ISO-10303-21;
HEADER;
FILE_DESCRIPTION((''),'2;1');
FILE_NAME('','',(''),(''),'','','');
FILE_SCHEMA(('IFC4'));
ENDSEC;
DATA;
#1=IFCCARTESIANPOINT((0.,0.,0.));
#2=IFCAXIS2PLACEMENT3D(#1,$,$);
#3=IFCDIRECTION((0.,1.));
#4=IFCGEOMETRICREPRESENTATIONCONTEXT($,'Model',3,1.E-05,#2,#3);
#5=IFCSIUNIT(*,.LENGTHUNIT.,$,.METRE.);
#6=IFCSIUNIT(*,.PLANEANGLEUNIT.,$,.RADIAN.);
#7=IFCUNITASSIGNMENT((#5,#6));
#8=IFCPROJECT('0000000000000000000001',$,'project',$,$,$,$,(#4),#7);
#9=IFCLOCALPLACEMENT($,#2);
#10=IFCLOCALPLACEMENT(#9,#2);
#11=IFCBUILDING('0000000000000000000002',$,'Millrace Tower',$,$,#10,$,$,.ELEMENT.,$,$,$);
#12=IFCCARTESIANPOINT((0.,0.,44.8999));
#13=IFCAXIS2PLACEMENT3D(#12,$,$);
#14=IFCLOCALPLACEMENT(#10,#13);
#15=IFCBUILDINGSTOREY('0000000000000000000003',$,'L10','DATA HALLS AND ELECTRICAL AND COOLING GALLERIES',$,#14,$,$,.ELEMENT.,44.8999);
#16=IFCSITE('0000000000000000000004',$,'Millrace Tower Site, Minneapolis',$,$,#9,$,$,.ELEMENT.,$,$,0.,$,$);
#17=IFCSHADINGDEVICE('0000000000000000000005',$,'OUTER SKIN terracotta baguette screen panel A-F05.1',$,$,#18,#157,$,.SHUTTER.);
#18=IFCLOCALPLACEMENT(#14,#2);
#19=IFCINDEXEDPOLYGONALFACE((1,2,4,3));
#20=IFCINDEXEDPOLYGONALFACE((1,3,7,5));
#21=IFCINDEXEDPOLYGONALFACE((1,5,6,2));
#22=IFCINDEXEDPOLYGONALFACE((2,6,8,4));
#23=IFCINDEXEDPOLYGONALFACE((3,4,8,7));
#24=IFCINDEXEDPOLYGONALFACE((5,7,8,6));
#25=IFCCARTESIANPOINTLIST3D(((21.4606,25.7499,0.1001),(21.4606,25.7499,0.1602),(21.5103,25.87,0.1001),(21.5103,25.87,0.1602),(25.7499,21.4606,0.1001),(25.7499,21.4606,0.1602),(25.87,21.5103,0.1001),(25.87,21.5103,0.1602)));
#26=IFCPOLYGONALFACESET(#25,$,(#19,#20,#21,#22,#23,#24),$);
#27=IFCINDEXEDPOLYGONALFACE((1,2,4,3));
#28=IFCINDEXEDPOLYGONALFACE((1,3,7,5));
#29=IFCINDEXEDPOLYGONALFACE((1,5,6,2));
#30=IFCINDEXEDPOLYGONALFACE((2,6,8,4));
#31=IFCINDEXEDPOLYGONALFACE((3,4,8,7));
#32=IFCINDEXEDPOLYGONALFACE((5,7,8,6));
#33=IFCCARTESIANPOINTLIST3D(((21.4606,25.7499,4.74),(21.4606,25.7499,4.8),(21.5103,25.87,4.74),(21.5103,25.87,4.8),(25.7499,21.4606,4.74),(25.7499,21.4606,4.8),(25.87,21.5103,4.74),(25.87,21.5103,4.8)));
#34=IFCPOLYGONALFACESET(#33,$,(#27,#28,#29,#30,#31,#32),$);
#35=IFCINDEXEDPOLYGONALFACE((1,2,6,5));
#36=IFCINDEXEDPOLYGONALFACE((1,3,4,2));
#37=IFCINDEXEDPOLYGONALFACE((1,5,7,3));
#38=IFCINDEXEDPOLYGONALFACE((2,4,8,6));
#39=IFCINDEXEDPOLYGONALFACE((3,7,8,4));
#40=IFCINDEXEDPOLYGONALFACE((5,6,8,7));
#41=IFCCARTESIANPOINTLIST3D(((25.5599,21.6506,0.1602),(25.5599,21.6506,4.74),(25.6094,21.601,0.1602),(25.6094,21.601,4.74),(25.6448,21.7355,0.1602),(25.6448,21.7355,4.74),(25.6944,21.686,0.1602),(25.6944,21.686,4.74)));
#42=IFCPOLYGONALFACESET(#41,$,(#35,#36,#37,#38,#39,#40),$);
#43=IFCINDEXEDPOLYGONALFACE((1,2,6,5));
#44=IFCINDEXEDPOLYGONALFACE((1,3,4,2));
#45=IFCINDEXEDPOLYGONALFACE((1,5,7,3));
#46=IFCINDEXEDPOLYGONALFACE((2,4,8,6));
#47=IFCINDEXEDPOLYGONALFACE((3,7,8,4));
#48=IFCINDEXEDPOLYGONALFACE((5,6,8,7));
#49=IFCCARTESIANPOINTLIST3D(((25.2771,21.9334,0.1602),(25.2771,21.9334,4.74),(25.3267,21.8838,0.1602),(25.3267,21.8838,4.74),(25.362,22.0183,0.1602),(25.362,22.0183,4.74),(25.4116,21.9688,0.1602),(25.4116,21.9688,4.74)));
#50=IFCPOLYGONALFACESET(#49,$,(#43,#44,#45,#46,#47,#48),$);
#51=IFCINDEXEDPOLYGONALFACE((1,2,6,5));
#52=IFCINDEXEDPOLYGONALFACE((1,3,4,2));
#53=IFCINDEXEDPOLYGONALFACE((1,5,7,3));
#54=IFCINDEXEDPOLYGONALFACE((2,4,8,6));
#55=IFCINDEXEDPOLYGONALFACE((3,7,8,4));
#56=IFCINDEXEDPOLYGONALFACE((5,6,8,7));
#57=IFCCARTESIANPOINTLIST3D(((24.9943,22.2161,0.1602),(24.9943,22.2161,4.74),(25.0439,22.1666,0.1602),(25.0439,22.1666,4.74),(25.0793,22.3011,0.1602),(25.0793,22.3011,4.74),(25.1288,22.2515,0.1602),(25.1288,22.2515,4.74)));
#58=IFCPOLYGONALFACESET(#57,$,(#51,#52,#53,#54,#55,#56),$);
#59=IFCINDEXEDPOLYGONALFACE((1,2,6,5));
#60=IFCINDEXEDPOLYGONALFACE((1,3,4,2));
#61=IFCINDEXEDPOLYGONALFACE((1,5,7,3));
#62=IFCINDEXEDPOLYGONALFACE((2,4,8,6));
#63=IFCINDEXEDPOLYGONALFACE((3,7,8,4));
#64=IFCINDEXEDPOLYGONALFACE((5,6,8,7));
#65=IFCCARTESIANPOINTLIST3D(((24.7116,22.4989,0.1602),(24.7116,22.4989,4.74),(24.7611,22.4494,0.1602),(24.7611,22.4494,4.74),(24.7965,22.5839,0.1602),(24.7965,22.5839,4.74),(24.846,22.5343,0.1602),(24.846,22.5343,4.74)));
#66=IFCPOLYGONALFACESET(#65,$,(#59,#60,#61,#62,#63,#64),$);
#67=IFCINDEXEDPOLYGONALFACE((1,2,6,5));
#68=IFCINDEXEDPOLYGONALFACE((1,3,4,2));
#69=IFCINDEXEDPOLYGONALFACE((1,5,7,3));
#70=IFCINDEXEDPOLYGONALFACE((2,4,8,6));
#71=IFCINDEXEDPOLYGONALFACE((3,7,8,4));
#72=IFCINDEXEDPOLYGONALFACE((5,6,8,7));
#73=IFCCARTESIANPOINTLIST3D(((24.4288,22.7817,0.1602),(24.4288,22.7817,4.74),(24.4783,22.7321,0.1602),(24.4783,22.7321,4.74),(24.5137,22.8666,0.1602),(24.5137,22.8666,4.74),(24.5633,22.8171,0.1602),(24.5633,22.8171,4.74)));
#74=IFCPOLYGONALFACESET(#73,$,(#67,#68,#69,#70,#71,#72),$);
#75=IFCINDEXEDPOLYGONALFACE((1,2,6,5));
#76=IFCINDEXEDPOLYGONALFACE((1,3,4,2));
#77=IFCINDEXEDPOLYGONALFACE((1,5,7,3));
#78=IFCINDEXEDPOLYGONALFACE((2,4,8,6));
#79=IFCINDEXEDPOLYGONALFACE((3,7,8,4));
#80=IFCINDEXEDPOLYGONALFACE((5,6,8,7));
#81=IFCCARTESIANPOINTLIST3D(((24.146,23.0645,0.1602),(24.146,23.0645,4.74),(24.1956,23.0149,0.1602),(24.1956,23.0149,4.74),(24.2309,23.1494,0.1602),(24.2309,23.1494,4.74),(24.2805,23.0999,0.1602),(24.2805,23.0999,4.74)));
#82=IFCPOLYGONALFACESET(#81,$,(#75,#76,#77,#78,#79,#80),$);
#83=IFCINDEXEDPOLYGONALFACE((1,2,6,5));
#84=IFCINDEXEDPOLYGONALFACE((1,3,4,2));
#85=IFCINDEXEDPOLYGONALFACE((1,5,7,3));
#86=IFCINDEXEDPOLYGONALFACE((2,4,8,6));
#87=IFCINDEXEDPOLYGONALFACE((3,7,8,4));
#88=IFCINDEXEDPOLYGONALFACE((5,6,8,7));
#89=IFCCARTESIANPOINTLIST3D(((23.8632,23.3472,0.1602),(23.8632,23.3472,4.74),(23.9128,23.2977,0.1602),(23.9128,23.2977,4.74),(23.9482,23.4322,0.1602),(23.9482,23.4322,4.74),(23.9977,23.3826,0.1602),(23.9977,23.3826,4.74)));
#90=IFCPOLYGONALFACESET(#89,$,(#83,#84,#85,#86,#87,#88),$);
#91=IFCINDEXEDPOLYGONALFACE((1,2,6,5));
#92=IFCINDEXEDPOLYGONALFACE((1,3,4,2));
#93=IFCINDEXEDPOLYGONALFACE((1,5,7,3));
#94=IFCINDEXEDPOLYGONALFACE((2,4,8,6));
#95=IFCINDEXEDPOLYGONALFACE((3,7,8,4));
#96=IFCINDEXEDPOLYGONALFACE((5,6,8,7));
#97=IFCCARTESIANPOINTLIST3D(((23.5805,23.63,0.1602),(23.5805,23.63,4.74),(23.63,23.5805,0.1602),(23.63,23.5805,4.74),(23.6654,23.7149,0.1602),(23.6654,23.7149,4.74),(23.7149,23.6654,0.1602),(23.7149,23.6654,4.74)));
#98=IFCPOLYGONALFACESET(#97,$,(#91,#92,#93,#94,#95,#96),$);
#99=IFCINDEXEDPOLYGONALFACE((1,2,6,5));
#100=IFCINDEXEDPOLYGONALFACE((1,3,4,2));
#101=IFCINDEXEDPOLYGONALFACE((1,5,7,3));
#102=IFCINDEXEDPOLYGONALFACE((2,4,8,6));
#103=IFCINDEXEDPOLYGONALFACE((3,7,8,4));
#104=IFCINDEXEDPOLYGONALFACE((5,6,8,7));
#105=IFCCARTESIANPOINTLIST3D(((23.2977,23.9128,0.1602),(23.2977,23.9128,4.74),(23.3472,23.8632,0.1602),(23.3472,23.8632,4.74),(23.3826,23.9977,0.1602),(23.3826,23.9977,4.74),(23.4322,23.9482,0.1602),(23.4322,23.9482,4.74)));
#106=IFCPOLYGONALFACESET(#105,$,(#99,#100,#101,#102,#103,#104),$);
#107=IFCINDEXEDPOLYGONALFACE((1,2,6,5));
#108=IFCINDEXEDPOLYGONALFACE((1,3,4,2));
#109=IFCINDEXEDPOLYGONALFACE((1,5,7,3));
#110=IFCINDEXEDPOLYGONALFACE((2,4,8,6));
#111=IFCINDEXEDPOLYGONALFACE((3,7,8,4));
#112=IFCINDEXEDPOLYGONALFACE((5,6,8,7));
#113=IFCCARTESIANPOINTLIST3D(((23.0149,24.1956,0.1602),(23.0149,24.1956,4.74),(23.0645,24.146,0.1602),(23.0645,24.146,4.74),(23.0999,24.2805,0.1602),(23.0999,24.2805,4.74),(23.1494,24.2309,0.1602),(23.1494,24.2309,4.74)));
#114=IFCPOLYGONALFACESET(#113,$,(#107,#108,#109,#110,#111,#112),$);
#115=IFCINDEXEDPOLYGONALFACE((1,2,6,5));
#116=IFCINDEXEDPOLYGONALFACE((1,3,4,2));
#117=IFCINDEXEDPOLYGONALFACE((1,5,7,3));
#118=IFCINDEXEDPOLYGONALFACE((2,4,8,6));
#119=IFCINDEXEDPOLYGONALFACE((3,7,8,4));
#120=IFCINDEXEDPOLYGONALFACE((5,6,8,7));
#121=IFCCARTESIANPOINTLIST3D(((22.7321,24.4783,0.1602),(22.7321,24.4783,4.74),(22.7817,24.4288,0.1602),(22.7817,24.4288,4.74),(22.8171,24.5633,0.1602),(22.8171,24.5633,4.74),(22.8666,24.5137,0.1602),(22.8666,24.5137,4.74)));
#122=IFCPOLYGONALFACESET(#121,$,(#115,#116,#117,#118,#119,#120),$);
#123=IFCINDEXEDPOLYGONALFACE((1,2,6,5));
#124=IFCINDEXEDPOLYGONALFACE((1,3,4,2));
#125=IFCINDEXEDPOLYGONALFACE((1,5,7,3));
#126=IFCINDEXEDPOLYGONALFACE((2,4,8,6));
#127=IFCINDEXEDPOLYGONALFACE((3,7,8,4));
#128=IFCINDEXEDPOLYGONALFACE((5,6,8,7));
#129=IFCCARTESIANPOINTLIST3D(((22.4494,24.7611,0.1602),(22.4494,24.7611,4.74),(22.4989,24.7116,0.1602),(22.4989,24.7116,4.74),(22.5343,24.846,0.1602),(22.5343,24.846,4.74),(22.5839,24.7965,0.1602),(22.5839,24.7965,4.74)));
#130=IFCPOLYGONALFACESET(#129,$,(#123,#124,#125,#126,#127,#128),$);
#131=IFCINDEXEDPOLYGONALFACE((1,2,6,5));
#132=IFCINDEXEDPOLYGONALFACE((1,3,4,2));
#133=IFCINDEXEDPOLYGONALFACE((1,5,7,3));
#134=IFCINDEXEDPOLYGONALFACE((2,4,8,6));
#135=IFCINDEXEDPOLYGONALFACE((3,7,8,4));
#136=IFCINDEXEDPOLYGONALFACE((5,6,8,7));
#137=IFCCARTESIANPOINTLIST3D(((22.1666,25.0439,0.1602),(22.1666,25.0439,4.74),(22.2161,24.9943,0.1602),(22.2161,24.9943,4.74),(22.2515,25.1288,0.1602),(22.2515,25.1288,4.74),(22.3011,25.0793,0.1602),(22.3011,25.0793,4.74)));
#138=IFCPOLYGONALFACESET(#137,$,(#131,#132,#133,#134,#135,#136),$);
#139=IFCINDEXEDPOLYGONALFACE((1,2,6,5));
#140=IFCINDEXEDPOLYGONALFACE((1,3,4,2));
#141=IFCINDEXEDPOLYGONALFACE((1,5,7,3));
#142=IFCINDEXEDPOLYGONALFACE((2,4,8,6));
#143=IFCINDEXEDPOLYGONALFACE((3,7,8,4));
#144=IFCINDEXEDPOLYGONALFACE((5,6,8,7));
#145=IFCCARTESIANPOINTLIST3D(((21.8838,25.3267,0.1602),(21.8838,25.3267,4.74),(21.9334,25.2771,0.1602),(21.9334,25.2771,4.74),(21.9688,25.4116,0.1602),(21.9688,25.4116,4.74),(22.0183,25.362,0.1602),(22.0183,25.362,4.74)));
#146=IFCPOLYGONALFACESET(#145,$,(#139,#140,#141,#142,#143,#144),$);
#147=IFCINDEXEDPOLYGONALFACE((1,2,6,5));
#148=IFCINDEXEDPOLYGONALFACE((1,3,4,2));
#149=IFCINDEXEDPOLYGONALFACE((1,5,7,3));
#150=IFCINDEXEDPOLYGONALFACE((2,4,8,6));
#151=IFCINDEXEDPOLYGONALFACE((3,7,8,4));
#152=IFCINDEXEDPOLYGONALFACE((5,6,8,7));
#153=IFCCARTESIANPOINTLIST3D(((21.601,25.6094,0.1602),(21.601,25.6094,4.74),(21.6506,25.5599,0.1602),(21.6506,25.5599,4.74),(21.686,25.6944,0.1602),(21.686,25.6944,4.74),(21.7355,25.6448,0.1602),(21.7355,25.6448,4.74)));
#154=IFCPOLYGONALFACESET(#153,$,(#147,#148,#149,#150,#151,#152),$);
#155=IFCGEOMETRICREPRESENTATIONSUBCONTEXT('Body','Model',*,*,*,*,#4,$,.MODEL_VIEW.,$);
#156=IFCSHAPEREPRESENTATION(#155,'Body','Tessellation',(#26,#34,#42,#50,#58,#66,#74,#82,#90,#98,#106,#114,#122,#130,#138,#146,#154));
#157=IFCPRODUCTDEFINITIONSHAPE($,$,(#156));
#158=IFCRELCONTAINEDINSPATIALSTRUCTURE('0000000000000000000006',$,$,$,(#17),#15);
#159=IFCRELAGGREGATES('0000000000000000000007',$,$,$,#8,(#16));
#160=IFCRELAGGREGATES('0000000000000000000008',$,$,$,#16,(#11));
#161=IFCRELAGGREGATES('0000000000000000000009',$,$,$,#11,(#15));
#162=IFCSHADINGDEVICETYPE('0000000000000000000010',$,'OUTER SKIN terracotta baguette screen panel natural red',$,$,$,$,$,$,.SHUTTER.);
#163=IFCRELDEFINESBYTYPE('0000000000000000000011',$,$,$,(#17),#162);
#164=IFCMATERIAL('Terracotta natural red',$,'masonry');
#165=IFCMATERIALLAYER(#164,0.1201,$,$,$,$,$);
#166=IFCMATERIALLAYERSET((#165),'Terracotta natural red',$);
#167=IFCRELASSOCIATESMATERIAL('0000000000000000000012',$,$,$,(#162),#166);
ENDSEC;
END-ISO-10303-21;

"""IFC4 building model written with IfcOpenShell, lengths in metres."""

from ifc_helpers import new_model, entity, si_unit, direction, frame, frame_2d, origin, origin_2d, place, context, subcontext, project, spatial, rectangle, extrude, source, transform, mapped, material, layer, layer_set, type_object, element, save


model = new_model("IFC4")

# Units and contexts
model_context = context("Model", 3, precision=1e-05, world=origin(), true_north=direction((0.0, 1.0)))
body_context = subcontext(model_context, "Body", "Model", "MODEL_VIEW")
ifc_project = project(units=[si_unit("LENGTHUNIT", "METRE"), si_unit("PLANEANGLEUNIT", "RADIAN")], contexts=[model_context])

# Site, building, storey
site_placement = place(None, origin())
site = spatial("IfcSite", under=ifc_project, at=site_placement, Name="Millrace Tower Site, Minneapolis", CompositionType="ELEMENT", RefElevation=0.0)
building_placement = place(site_placement, origin())
building = spatial("IfcBuilding", under=site, at=building_placement, Name="Millrace Tower", CompositionType="ELEMENT")
storey_placement = place(building_placement, frame((0.0, 0.0, 44.8999)))
storey = spatial("IfcBuildingStorey", under=building, at=storey_placement, Name="L10", Description="DATA HALLS AND ELECTRICAL AND COOLING GALLERIES", CompositionType="ELEMENT", Elevation=44.8999)

# Shading device
ifc_material_1 = material(Name="Terracotta natural red", Category="masonry")
ifc_layer_1 = layer(ifc_material_1, 0.1201)
ifc_layer_set_1 = layer_set([ifc_layer_1], Name="Terracotta natural red")
shading_device_type_1 = type_object("IfcShadingDeviceType", Name="OUTER SKIN terracotta baguette screen panel natural red", PredefinedType="SHUTTER", material=ifc_layer_set_1)
cartesian_point_1 = entity("IfcCartesianPoint", [-3.033, 0.0601])
shared_polyline_1 = entity("IfcPolyline", [cartesian_point_1, entity("IfcCartesianPoint", [3.033, 0.0601]), entity("IfcCartesianPoint", [3.0828, -0.0601]), entity("IfcCartesianPoint", [-3.0828, -0.0601]), cartesian_point_1])
shared_shape_1 = source(origin(), body_context, "Body", "SweptSolid", [
    entity("IfcExtrudedAreaSolid", entity("IfcArbitraryClosedProfileDef", "AREA", None, shared_polyline_1), entity("IfcAxis2Placement3D", entity("IfcCartesianPoint", [0.0, 0.0, 0.0])), entity("IfcDirection", [0.0, 0.0, 1.0]), 0.0601),
    entity("IfcExtrudedAreaSolid", entity("IfcArbitraryClosedProfileDef", "AREA", None, shared_polyline_1), entity("IfcAxis2Placement3D", entity("IfcCartesianPoint", [0.0, 0.0, 4.6399])), entity("IfcDirection", [0.0, 0.0, 1.0]), 0.0601),
    extrude(rectangle(XDim=0.0701, YDim=0.1201, at=frame_2d((-2.7993, 0.0))), frame((0.0, 0.0, 0.0601)), (0.0, 0.0, 1.0), 4.5798),
    extrude(rectangle(XDim=0.0701, YDim=0.1201, at=frame_2d((-2.3994, 0.0))), frame((0.0, 0.0, 0.0601)), (0.0, 0.0, 1.0), 4.5798),
    extrude(rectangle(XDim=0.0701, YDim=0.1201, at=frame_2d((-1.9995, 0.0))), frame((0.0, 0.0, 0.0601)), (0.0, 0.0, 1.0), 4.5798),
    extrude(rectangle(XDim=0.0701, YDim=0.1201, at=frame_2d((-1.5996, 0.0))), frame((0.0, 0.0, 0.0601)), (0.0, 0.0, 1.0), 4.5798),
    extrude(rectangle(XDim=0.0701, YDim=0.1201, at=frame_2d((-1.1997, 0.0))), frame((0.0, 0.0, 0.0601)), (0.0, 0.0, 1.0), 4.5798),
    extrude(rectangle(XDim=0.0701, YDim=0.1201, at=frame_2d((-0.7998, 0.0))), frame((0.0, 0.0, 0.0601)), (0.0, 0.0, 1.0), 4.5798),
    extrude(rectangle(XDim=0.0701, YDim=0.1201, at=frame_2d((-0.3999, 0.0))), frame((0.0, 0.0, 0.0601)), (0.0, 0.0, 1.0), 4.5798),
    extrude(rectangle(XDim=0.0701, YDim=0.1201, at=origin_2d()), frame((0.0, 0.0, 0.0601)), (0.0, 0.0, 1.0), 4.5798),
    extrude(rectangle(XDim=0.0701, YDim=0.1201, at=frame_2d((0.3999, 0.0))), frame((0.0, 0.0, 0.0601)), (0.0, 0.0, 1.0), 4.5798),
    extrude(rectangle(XDim=0.0701, YDim=0.1201, at=frame_2d((0.7998, 0.0))), frame((0.0, 0.0, 0.0601)), (0.0, 0.0, 1.0), 4.5798),
    extrude(rectangle(XDim=0.0701, YDim=0.1201, at=frame_2d((1.1997, 0.0))), frame((0.0, 0.0, 0.0601)), (0.0, 0.0, 1.0), 4.5798),
    extrude(rectangle(XDim=0.0701, YDim=0.1201, at=frame_2d((1.5996, 0.0))), frame((0.0, 0.0, 0.0601)), (0.0, 0.0, 1.0), 4.5798),
    extrude(rectangle(XDim=0.0701, YDim=0.1201, at=frame_2d((1.9995, 0.0))), frame((0.0, 0.0, 0.0601)), (0.0, 0.0, 1.0), 4.5798),
    extrude(rectangle(XDim=0.0701, YDim=0.1201, at=frame_2d((2.3994, 0.0))), frame((0.0, 0.0, 0.0601)), (0.0, 0.0, 1.0), 4.5798),
    extrude(rectangle(XDim=0.0701, YDim=0.1201, at=frame_2d((2.7993, 0.0))), frame((0.0, 0.0, 0.0601)), (0.0, 0.0, 1.0), 4.5798),
])
shading_device_1_placement = place(storey_placement, frame((23.6477, 23.6477, 0.1001), z_axis=(0.0, 0.0, 1.0), x_axis=(-0.707107, 0.707107, 0.0)))
element("IfcShadingDevice", 1, at=shading_device_1_placement, inside=storey, type_object=shading_device_type_1, Name="OUTER SKIN terracotta baguette screen panel A-F05.1", PredefinedType="SHUTTER", context=body_context, shape_type="MappedRepresentation", body=[
    mapped(shared_shape_1, transform((0.0, 0.0, 0.0), scale=1.0)),
])

save(model, "model.ifc")
